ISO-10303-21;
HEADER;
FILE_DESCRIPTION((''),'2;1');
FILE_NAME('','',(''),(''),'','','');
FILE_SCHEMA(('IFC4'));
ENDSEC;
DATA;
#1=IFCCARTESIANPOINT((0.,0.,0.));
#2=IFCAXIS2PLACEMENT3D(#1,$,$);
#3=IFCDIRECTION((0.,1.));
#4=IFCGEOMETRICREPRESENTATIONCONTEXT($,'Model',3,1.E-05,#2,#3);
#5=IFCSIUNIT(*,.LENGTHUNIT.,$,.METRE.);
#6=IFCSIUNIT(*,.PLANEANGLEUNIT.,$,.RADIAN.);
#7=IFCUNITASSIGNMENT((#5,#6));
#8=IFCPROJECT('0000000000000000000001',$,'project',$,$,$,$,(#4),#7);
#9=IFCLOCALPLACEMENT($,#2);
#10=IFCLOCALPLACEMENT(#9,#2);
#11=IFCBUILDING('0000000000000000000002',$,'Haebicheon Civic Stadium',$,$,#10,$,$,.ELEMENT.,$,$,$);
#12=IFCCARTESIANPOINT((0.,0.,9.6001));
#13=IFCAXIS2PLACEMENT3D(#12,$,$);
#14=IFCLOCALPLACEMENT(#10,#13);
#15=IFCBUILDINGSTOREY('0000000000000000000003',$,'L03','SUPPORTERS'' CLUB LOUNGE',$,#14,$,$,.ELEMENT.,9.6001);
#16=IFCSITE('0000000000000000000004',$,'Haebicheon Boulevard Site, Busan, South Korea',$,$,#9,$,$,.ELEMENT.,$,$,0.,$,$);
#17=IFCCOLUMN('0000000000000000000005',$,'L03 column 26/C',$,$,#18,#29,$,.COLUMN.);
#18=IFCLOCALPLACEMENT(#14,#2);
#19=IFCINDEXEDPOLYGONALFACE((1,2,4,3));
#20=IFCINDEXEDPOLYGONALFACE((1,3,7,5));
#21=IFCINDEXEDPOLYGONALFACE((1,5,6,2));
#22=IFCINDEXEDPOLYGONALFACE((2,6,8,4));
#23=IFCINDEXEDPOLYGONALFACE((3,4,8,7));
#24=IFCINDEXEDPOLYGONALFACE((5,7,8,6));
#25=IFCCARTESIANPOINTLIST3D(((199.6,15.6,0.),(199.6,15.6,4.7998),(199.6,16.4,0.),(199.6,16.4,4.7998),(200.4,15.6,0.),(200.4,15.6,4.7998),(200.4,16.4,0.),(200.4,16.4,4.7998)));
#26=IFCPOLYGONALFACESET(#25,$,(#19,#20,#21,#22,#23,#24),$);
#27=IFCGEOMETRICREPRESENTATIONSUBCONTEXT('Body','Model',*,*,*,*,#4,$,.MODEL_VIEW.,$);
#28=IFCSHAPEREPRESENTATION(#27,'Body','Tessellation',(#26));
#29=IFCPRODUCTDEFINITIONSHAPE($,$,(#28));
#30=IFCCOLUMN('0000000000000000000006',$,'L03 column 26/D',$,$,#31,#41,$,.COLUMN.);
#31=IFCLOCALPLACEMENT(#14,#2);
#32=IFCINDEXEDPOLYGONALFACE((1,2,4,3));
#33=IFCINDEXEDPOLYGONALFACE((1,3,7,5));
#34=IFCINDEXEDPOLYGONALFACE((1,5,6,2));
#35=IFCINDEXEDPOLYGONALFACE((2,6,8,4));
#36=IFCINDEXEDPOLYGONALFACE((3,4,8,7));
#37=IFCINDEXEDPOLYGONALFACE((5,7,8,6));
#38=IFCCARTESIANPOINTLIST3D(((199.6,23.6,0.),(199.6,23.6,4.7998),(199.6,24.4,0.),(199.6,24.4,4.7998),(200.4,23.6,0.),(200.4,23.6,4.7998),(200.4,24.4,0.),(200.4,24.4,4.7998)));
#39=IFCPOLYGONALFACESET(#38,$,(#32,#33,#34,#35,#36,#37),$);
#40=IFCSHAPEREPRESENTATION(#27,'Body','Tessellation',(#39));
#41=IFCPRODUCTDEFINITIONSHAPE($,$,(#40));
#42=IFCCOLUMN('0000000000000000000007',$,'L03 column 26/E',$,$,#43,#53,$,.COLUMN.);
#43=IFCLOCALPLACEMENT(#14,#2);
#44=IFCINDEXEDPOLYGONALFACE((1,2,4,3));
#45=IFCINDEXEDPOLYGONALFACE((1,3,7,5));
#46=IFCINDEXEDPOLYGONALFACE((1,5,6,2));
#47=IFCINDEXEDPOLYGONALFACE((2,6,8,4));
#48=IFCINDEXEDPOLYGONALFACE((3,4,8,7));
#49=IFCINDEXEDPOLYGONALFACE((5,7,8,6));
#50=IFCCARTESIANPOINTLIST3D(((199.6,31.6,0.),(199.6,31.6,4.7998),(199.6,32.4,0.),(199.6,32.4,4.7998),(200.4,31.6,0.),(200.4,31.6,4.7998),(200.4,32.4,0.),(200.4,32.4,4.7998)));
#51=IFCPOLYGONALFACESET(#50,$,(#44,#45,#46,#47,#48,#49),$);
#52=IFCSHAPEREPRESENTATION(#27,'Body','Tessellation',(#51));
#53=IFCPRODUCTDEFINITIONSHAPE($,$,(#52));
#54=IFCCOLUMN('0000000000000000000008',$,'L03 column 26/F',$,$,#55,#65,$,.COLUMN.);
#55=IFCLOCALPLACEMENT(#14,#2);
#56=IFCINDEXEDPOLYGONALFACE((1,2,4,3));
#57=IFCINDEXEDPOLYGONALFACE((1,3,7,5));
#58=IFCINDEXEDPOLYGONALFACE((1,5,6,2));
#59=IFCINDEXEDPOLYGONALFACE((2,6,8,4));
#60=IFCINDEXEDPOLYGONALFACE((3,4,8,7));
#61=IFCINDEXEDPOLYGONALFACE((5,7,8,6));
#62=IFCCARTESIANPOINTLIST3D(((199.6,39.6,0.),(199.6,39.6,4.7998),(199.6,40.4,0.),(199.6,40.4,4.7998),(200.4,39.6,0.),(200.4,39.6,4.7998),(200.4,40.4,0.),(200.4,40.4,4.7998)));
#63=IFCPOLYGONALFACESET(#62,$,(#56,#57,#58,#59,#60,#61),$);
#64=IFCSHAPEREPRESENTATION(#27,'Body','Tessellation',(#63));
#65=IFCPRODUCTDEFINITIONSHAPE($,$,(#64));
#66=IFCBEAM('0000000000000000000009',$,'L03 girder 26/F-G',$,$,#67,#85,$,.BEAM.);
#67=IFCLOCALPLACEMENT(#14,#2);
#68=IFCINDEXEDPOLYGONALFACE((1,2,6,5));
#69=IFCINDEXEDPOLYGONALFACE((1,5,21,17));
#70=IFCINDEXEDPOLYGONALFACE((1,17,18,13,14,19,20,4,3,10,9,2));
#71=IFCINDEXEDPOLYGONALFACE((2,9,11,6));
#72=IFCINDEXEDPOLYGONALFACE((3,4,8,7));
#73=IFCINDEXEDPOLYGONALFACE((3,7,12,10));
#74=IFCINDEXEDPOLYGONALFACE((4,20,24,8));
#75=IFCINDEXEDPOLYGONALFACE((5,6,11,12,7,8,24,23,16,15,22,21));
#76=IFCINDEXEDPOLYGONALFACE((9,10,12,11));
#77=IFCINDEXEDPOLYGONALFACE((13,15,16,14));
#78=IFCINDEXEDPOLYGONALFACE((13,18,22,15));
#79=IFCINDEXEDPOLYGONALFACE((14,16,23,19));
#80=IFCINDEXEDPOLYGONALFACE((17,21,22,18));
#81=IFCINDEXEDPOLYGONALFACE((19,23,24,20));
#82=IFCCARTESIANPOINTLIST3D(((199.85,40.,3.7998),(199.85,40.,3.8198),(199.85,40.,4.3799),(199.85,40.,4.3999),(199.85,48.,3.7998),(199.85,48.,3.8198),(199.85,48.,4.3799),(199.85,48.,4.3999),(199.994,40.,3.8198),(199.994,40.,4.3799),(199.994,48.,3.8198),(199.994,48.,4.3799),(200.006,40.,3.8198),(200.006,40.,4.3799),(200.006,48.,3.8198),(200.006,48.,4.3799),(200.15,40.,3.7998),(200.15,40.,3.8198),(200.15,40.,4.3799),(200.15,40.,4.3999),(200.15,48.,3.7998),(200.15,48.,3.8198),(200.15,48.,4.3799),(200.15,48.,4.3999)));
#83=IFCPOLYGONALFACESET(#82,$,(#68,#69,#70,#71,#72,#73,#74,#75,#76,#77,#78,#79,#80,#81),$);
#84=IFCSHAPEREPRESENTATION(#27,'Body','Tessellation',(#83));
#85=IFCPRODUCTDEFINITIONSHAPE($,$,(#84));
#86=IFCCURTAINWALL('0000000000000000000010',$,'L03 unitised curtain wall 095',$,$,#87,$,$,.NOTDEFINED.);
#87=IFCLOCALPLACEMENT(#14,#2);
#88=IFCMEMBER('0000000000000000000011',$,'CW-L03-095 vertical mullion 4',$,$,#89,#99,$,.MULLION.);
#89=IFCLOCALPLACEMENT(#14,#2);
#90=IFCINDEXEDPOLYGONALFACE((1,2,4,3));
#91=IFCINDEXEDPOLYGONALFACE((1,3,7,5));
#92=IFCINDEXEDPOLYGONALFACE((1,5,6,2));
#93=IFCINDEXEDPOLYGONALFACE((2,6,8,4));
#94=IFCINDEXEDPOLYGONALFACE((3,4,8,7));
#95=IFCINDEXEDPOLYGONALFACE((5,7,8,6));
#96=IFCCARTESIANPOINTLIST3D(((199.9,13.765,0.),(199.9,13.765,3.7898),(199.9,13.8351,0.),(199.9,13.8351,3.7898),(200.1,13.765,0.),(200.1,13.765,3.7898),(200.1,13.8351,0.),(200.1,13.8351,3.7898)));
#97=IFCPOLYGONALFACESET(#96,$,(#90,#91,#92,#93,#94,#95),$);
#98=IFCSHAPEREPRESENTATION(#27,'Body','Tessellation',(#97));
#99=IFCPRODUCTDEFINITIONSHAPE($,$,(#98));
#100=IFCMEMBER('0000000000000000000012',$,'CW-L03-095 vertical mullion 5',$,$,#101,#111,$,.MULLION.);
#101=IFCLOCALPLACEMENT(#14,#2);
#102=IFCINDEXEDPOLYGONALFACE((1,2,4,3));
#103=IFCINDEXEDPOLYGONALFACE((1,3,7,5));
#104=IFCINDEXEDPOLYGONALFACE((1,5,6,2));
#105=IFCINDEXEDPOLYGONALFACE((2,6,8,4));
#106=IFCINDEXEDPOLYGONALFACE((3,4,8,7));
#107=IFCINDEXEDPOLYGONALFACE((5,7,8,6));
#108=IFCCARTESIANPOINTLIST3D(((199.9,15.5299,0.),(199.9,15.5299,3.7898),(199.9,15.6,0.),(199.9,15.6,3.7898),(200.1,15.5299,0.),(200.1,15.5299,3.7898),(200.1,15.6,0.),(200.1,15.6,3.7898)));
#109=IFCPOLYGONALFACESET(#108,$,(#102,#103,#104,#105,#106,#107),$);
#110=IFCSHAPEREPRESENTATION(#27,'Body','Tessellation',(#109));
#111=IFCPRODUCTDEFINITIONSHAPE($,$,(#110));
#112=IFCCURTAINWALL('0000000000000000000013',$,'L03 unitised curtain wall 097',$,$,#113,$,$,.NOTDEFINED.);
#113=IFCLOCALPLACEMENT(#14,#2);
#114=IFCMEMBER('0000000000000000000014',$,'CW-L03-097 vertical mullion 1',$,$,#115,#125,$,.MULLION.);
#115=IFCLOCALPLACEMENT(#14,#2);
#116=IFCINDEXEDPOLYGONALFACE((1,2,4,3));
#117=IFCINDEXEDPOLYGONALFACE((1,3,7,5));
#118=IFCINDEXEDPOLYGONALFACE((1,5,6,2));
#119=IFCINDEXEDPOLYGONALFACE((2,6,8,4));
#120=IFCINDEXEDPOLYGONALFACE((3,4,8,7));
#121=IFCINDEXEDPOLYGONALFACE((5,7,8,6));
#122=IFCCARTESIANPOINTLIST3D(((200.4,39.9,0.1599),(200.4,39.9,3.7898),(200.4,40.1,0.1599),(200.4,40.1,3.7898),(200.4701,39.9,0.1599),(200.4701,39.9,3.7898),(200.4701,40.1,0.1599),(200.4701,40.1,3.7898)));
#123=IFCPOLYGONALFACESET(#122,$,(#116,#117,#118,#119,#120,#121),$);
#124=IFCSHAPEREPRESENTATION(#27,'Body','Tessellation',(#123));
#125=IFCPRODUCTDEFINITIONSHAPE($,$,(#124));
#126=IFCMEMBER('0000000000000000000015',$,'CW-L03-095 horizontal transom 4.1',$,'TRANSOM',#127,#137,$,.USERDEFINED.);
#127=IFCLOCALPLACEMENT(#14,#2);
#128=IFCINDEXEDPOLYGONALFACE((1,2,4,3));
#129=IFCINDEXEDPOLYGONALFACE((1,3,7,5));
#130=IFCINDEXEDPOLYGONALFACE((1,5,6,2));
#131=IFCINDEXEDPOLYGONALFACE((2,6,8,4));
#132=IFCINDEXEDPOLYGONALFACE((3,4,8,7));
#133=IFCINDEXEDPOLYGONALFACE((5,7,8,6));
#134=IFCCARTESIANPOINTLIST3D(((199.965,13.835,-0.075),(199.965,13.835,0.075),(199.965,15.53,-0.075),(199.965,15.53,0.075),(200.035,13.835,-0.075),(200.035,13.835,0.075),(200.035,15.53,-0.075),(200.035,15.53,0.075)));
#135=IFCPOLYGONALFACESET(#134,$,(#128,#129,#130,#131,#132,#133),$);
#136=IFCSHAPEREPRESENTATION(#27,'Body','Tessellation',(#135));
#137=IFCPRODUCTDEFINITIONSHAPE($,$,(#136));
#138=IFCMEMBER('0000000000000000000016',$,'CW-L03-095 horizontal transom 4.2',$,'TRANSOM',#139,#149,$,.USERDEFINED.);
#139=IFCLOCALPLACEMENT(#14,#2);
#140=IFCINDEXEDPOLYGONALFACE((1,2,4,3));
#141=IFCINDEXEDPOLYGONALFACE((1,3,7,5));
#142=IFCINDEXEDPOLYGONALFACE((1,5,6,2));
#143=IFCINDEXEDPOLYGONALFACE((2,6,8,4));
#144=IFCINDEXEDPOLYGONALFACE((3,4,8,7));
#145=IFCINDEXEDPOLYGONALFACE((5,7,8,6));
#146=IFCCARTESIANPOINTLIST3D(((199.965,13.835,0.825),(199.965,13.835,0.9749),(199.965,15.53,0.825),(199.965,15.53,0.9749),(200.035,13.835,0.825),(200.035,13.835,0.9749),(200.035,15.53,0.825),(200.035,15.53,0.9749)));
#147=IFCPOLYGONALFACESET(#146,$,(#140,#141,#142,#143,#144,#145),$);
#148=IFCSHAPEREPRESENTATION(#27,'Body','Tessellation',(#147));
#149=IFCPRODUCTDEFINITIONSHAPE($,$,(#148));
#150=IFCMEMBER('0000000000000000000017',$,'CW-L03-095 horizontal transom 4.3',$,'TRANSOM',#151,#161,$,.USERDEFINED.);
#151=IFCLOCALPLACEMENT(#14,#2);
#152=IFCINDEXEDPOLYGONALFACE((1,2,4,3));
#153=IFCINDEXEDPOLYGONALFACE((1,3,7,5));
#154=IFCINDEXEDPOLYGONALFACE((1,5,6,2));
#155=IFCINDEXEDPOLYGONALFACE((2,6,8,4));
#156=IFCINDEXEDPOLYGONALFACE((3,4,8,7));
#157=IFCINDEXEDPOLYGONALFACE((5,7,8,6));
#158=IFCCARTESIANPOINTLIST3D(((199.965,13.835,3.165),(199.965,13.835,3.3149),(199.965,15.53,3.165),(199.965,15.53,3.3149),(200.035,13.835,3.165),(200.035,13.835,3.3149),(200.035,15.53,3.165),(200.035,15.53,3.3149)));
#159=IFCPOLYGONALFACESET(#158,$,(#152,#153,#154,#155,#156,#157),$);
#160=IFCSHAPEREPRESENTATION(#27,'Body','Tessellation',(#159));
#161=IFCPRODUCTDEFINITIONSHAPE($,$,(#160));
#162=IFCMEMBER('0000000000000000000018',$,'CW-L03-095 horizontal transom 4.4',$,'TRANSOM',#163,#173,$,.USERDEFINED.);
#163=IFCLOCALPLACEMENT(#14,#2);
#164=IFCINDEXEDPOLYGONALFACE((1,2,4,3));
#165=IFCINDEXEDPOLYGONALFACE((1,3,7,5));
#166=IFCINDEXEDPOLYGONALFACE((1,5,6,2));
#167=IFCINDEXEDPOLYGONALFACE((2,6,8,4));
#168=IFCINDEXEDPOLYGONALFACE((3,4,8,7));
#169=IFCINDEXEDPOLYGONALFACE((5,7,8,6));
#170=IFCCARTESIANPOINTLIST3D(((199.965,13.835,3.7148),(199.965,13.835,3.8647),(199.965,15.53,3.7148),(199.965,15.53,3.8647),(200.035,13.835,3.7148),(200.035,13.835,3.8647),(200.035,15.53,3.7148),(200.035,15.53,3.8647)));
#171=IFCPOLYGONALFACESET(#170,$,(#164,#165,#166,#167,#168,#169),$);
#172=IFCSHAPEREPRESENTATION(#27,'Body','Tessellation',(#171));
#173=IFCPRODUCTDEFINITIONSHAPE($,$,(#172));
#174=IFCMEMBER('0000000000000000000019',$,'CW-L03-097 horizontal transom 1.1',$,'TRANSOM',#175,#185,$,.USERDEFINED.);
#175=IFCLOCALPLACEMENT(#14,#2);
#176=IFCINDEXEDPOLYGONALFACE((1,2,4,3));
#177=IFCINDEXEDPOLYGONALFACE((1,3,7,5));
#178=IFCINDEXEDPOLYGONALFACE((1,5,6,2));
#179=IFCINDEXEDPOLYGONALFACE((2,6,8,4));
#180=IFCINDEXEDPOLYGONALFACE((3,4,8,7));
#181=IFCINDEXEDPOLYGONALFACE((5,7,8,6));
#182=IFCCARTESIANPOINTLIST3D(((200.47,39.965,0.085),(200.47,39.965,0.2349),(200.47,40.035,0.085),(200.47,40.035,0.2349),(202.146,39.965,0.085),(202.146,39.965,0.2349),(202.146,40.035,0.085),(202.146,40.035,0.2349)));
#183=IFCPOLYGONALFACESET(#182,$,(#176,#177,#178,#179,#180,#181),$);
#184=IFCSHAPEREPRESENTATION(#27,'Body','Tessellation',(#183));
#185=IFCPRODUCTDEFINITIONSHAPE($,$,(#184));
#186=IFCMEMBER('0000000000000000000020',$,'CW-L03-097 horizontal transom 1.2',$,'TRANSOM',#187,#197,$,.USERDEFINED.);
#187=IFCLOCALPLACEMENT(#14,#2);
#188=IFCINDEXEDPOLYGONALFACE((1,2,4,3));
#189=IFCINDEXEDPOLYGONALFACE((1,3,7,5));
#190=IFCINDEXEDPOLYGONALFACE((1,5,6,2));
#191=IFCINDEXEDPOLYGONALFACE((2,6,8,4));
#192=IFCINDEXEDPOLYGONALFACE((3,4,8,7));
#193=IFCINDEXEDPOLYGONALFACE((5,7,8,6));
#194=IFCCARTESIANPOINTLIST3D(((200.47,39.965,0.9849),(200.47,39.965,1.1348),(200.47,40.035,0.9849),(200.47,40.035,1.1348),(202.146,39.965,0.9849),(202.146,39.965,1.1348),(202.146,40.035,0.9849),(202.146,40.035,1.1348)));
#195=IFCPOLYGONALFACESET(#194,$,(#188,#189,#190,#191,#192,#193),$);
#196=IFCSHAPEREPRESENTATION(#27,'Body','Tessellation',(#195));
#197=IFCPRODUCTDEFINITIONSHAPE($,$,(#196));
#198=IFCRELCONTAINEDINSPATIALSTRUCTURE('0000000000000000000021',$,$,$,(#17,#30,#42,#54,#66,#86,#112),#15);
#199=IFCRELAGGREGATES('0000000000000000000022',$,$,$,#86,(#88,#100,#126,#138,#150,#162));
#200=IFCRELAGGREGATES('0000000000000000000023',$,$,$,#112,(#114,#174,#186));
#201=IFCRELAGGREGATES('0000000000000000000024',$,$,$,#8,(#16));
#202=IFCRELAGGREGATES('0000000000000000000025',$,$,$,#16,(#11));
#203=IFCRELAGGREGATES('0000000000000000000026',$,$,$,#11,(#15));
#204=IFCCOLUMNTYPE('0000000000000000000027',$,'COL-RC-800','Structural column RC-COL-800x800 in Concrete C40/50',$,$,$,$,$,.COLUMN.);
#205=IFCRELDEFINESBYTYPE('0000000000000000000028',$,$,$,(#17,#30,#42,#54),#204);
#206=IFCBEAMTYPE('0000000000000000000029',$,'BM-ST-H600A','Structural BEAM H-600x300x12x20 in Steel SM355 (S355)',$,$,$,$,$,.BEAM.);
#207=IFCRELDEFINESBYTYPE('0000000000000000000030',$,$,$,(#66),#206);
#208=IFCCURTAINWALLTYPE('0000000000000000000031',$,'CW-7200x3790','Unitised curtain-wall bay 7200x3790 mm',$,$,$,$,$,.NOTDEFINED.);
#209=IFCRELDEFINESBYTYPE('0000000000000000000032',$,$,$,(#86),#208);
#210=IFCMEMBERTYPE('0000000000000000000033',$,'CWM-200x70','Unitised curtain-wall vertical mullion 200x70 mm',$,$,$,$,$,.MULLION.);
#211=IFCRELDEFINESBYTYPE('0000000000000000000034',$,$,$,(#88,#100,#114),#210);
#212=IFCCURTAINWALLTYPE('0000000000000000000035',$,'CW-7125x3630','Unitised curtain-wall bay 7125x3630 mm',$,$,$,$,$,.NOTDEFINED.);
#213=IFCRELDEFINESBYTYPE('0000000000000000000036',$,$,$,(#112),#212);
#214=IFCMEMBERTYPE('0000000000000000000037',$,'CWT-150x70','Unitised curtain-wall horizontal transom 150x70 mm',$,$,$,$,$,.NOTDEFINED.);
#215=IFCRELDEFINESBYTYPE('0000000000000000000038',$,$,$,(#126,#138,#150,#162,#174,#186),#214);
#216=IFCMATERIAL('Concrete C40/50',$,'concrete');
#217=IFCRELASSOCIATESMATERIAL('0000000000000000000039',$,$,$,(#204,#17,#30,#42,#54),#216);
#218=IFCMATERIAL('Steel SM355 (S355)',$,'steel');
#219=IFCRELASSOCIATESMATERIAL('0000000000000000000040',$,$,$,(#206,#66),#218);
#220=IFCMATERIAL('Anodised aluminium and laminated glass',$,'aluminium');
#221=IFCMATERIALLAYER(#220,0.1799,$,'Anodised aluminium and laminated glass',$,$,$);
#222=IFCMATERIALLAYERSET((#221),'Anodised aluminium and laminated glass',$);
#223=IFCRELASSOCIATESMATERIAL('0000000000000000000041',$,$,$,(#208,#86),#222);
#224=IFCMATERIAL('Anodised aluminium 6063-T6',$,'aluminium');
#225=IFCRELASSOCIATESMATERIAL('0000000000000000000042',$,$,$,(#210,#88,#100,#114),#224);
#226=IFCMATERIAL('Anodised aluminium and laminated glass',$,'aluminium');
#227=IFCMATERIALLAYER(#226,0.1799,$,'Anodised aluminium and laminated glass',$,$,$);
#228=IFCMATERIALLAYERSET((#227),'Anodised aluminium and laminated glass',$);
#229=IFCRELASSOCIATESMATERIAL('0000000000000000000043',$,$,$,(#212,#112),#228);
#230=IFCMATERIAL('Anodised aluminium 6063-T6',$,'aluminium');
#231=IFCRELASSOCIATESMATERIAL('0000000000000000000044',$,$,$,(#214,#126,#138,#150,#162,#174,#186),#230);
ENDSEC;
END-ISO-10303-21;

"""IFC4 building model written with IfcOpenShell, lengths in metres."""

from ifc_helpers import new_model, si_unit, direction, frame, origin, origin_2d, place, context, subcontext, project, spatial, rectangle, i_section, extrude, material, layer, layer_set, material_profile, profile_set, type_object, element, aggregate, save


model = new_model("IFC4")

# Units and contexts
model_context = context("Model", 3, precision=1e-05, world=origin(), true_north=direction((0.0, 1.0)))
body_context = subcontext(model_context, "Body", "Model", "MODEL_VIEW")
ifc_project = project(units=[si_unit("LENGTHUNIT", "METRE"), si_unit("PLANEANGLEUNIT", "RADIAN")], contexts=[model_context])

# Site, building, storey
site_placement = place(None, origin())
site = spatial("IfcSite", under=ifc_project, at=site_placement, Name="Haebicheon Boulevard Site, Busan, South Korea", CompositionType="ELEMENT", RefElevation=0.0)
building_placement = place(site_placement, origin())
building = spatial("IfcBuilding", under=site, at=building_placement, Name="Haebicheon Civic Stadium", CompositionType="ELEMENT")
storey_placement = place(building_placement, frame((0.0, 0.0, 9.6001)))
storey = spatial("IfcBuildingStorey", under=building, at=storey_placement, Name="L03", Description="SUPPORTERS' CLUB LOUNGE", CompositionType="ELEMENT", Elevation=9.6001)

# Columns
ifc_material_1 = material(Name="Concrete C40/50", Category="concrete")
ifc_material_profile_1 = material_profile(ifc_material_1, rectangle(XDim=0.8, YDim=0.8, at=origin_2d()), Name="RC-COL-800x800")
ifc_profile_set_1 = profile_set([ifc_material_profile_1], Name="Concrete C40/50")
column_type = type_object("IfcColumnType", Name="COL-RC-800", Description="Structural column RC-COL-800x800 in Concrete C40/50", PredefinedType="COLUMN", material=ifc_profile_set_1)
for number, where, z_axis, x_axis, name in (
    (1, (200.0, 16.0, 0.0), (0.0, 0.0, 1.0), (1.0, 0.0, 0.0), "L03 column 26/C"),
    (2, (200.0, 24.0, 0.0), (0.0, 0.0, 1.0), (1.0, 0.0, 0.0), "L03 column 26/D"),
    (3, (200.0, 32.0, 0.0), (0.0, 0.0, 1.0), (1.0, 0.0, 0.0), "L03 column 26/E"),
    (4, (200.0, 40.0, 0.0), (0.0, 0.0, 1.0), (1.0, 0.0, 0.0), "L03 column 26/F"),
):
    element("IfcColumn", number, at=place(storey_placement, frame(where, z_axis=z_axis, x_axis=x_axis)), inside=storey, type_object=column_type, material=ifc_profile_set_1, Name=name, PredefinedType="COLUMN", context=body_context, shape_type="SweptSolid", body=[
        extrude(rectangle(XDim=0.8, YDim=0.8, at=origin_2d()), origin(), (0.0, 0.0, 1.0), 4.7998),
    ])

# Beam
ifc_material_2 = material(Name="Steel SM355 (S355)", Category="steel")
ifc_material_profile_2 = material_profile(ifc_material_2, i_section(OverallWidth=0.3, OverallDepth=0.6001, WebThickness=0.012, FlangeThickness=0.02, at=origin_2d()), Name="H-600x300x12x20")
ifc_profile_set_2 = profile_set([ifc_material_profile_2], Name="Steel SM355 (S355)")
beam_type_1 = type_object("IfcBeamType", Name="BM-ST-H600A", Description="Structural BEAM H-600x300x12x20 in Steel SM355 (S355)", PredefinedType="BEAM", material=ifc_profile_set_2)
beam_placement = place(storey_placement, frame((200.0, 40.0, 4.0999), z_axis=(0.0, 1.0, 0.0), x_axis=(-1.0, 0.0, 0.0)))
element("IfcBeam", 5, at=beam_placement, inside=storey, type_object=beam_type_1, material=ifc_profile_set_2, Name="L03 girder 26/F-G", PredefinedType="BEAM", context=body_context, shape_type="SweptSolid", body=[
    extrude(i_section(OverallWidth=0.3, OverallDepth=0.6001, WebThickness=0.012, FlangeThickness=0.02, at=origin_2d()), origin(), (0.0, 0.0, 1.0), 8.0),
])

# Curtain wall, members
ifc_material_3 = material(Name="Anodised aluminium and laminated glass", Category="aluminium")
ifc_layer_1 = layer(ifc_material_3, 0.1799, Name="Anodised aluminium and laminated glass")
ifc_layer_set_1 = layer_set([ifc_layer_1], Name="Anodised aluminium and laminated glass")
curtain_wall_type_1 = type_object("IfcCurtainWallType", Name="CW-7200x3790", Description="Unitised curtain-wall bay 7200x3790 mm", PredefinedType="NOTDEFINED", material=ifc_layer_set_1)
curtain_wall_1_placement = place(storey_placement, origin())
curtain_wall_1 = element("IfcCurtainWall", 6, at=curtain_wall_1_placement, inside=storey, type_object=curtain_wall_type_1, material=ifc_layer_set_1, Name="L03 unitised curtain wall 095", PredefinedType="NOTDEFINED")
ifc_material_4 = material(Name="Anodised aluminium 6063-T6", Category="aluminium")
ifc_material_profile_3 = material_profile(ifc_material_4, rectangle(XDim=0.0701, YDim=0.2, at=origin_2d()), Name="ALU-MULL-70x200")
ifc_profile_set_3 = profile_set([ifc_material_profile_3], Name="Anodised aluminium 6063-T6")
member_type_1 = type_object("IfcMemberType", Name="CWM-200x70", Description="Unitised curtain-wall vertical mullion 200x70 mm", PredefinedType="MULLION", material=ifc_profile_set_3)
member_1_placement = place(storey_placement, frame((200.0, 13.8, 0.0), z_axis=(0.0, 0.0, 1.0), x_axis=(0.0, 1.0, 0.0)))
member_1 = element("IfcMember", 7, at=member_1_placement, type_object=member_type_1, material=ifc_profile_set_3, Name="CW-L03-095 vertical mullion 4", PredefinedType="MULLION", context=body_context, shape_type="SweptSolid", body=[
    extrude(rectangle(XDim=0.0701, YDim=0.2, at=origin_2d()), origin(), (0.0, 0.0, 1.0), 3.7898),
])
member_2_placement = place(storey_placement, frame((200.0, 15.5649, 0.0), z_axis=(0.0, 0.0, 1.0), x_axis=(0.0, 1.0, 0.0)))
member_2 = element("IfcMember", 8, at=member_2_placement, type_object=member_type_1, material=ifc_profile_set_3, Name="CW-L03-095 vertical mullion 5", PredefinedType="MULLION", context=body_context, shape_type="SweptSolid", body=[
    extrude(rectangle(XDim=0.0701, YDim=0.2, at=origin_2d()), origin(), (0.0, 0.0, 1.0), 3.7898),
])

# Curtain wall, member
ifc_material_5 = material(Name="Anodised aluminium and laminated glass", Category="aluminium")
ifc_layer_2 = layer(ifc_material_5, 0.1799, Name="Anodised aluminium and laminated glass")
ifc_layer_set_2 = layer_set([ifc_layer_2], Name="Anodised aluminium and laminated glass")
curtain_wall_type_2 = type_object("IfcCurtainWallType", Name="CW-7125x3630", Description="Unitised curtain-wall bay 7125x3630 mm", PredefinedType="NOTDEFINED", material=ifc_layer_set_2)
curtain_wall_2_placement = place(storey_placement, origin())
curtain_wall_2 = element("IfcCurtainWall", 9, at=curtain_wall_2_placement, inside=storey, type_object=curtain_wall_type_2, material=ifc_layer_set_2, Name="L03 unitised curtain wall 097", PredefinedType="NOTDEFINED")
member_3_placement = place(storey_placement, frame((200.4351, 40.0, 0.1599), z_axis=(0.0, 0.0, 1.0), x_axis=(1.0, 0.0, 0.0)))
member_3 = element("IfcMember", 10, at=member_3_placement, type_object=member_type_1, material=ifc_profile_set_3, Name="CW-L03-097 vertical mullion 1", PredefinedType="MULLION", context=body_context, shape_type="SweptSolid", body=[
    extrude(rectangle(XDim=0.0701, YDim=0.2, at=origin_2d()), origin(), (0.0, 0.0, 1.0), 3.6299),
])

# Members
ifc_material_6 = material(Name="Anodised aluminium 6063-T6", Category="aluminium")
ifc_material_profile_4 = material_profile(ifc_material_6, rectangle(XDim=0.0701, YDim=0.1499, at=origin_2d()), Name="ALU-TRAN-70x150")
ifc_profile_set_4 = profile_set([ifc_material_profile_4], Name="Anodised aluminium 6063-T6")
member_type_2 = type_object("IfcMemberType", Name="CWT-150x70", Description="Unitised curtain-wall horizontal transom 150x70 mm", PredefinedType="NOTDEFINED", material=ifc_profile_set_4)
member_4_placement = place(storey_placement, frame((200.0, 13.835, 0.0), z_axis=(0.0, 1.0, 0.0), x_axis=(-1.0, 0.0, 0.0)))
member_4 = element("IfcMember", 11, at=member_4_placement, type_object=member_type_2, material=ifc_profile_set_4, Name="CW-L03-095 horizontal transom 4.1", ObjectType="TRANSOM", PredefinedType="USERDEFINED", context=body_context, shape_type="SweptSolid", body=[
    extrude(rectangle(XDim=0.0701, YDim=0.1499, at=origin_2d()), origin(), (0.0, 0.0, 1.0), 1.6951),
])
member_5_placement = place(storey_placement, frame((200.0, 13.835, 0.8999), z_axis=(0.0, 1.0, 0.0), x_axis=(-1.0, 0.0, 0.0)))
member_5 = element("IfcMember", 12, at=member_5_placement, type_object=member_type_2, material=ifc_profile_set_4, Name="CW-L03-095 horizontal transom 4.2", ObjectType="TRANSOM", PredefinedType="USERDEFINED", context=body_context, shape_type="SweptSolid", body=[
    extrude(rectangle(XDim=0.0701, YDim=0.1499, at=origin_2d()), origin(), (0.0, 0.0, 1.0), 1.6951),
])
member_6_placement = place(storey_placement, frame((200.0, 13.835, 3.24), z_axis=(0.0, 1.0, 0.0), x_axis=(-1.0, 0.0, 0.0)))
member_6 = element("IfcMember", 13, at=member_6_placement, type_object=member_type_2, material=ifc_profile_set_4, Name="CW-L03-095 horizontal transom 4.3", ObjectType="TRANSOM", PredefinedType="USERDEFINED", context=body_context, shape_type="SweptSolid", body=[
    extrude(rectangle(XDim=0.0701, YDim=0.1499, at=origin_2d()), origin(), (0.0, 0.0, 1.0), 1.6951),
])
member_7_placement = place(storey_placement, frame((200.0, 13.835, 3.7898), z_axis=(0.0, 1.0, 0.0), x_axis=(-1.0, 0.0, 0.0)))
member_7 = element("IfcMember", 14, at=member_7_placement, type_object=member_type_2, material=ifc_profile_set_4, Name="CW-L03-095 horizontal transom 4.4", ObjectType="TRANSOM", PredefinedType="USERDEFINED", context=body_context, shape_type="SweptSolid", body=[
    extrude(rectangle(XDim=0.0701, YDim=0.1499, at=origin_2d()), origin(), (0.0, 0.0, 1.0), 1.6951),
])
member_8_placement = place(storey_placement, frame((200.47, 40.0, 0.1599), z_axis=(1.0, 0.0, 0.0), x_axis=(0.0, 1.0, 0.0)))
member_8 = element("IfcMember", 15, at=member_8_placement, type_object=member_type_2, material=ifc_profile_set_4, Name="CW-L03-097 horizontal transom 1.1", ObjectType="TRANSOM", PredefinedType="USERDEFINED", context=body_context, shape_type="SweptSolid", body=[
    extrude(rectangle(XDim=0.0701, YDim=0.1499, at=origin_2d()), origin(), (0.0, 0.0, 1.0), 1.676),
])
member_9_placement = place(storey_placement, frame((200.47, 40.0, 1.0598), z_axis=(1.0, 0.0, 0.0), x_axis=(0.0, 1.0, 0.0)))
member_9 = element("IfcMember", 16, at=member_9_placement, type_object=member_type_2, material=ifc_profile_set_4, Name="CW-L03-097 horizontal transom 1.2", ObjectType="TRANSOM", PredefinedType="USERDEFINED", context=body_context, shape_type="SweptSolid", body=[
    extrude(rectangle(XDim=0.0701, YDim=0.1499, at=origin_2d()), origin(), (0.0, 0.0, 1.0), 1.676),
])

aggregate(curtain_wall_1, [member_1, member_2, member_4, member_5, member_6, member_7])
aggregate(curtain_wall_2, [member_3, member_8, member_9])

save(model, "model.ifc")
